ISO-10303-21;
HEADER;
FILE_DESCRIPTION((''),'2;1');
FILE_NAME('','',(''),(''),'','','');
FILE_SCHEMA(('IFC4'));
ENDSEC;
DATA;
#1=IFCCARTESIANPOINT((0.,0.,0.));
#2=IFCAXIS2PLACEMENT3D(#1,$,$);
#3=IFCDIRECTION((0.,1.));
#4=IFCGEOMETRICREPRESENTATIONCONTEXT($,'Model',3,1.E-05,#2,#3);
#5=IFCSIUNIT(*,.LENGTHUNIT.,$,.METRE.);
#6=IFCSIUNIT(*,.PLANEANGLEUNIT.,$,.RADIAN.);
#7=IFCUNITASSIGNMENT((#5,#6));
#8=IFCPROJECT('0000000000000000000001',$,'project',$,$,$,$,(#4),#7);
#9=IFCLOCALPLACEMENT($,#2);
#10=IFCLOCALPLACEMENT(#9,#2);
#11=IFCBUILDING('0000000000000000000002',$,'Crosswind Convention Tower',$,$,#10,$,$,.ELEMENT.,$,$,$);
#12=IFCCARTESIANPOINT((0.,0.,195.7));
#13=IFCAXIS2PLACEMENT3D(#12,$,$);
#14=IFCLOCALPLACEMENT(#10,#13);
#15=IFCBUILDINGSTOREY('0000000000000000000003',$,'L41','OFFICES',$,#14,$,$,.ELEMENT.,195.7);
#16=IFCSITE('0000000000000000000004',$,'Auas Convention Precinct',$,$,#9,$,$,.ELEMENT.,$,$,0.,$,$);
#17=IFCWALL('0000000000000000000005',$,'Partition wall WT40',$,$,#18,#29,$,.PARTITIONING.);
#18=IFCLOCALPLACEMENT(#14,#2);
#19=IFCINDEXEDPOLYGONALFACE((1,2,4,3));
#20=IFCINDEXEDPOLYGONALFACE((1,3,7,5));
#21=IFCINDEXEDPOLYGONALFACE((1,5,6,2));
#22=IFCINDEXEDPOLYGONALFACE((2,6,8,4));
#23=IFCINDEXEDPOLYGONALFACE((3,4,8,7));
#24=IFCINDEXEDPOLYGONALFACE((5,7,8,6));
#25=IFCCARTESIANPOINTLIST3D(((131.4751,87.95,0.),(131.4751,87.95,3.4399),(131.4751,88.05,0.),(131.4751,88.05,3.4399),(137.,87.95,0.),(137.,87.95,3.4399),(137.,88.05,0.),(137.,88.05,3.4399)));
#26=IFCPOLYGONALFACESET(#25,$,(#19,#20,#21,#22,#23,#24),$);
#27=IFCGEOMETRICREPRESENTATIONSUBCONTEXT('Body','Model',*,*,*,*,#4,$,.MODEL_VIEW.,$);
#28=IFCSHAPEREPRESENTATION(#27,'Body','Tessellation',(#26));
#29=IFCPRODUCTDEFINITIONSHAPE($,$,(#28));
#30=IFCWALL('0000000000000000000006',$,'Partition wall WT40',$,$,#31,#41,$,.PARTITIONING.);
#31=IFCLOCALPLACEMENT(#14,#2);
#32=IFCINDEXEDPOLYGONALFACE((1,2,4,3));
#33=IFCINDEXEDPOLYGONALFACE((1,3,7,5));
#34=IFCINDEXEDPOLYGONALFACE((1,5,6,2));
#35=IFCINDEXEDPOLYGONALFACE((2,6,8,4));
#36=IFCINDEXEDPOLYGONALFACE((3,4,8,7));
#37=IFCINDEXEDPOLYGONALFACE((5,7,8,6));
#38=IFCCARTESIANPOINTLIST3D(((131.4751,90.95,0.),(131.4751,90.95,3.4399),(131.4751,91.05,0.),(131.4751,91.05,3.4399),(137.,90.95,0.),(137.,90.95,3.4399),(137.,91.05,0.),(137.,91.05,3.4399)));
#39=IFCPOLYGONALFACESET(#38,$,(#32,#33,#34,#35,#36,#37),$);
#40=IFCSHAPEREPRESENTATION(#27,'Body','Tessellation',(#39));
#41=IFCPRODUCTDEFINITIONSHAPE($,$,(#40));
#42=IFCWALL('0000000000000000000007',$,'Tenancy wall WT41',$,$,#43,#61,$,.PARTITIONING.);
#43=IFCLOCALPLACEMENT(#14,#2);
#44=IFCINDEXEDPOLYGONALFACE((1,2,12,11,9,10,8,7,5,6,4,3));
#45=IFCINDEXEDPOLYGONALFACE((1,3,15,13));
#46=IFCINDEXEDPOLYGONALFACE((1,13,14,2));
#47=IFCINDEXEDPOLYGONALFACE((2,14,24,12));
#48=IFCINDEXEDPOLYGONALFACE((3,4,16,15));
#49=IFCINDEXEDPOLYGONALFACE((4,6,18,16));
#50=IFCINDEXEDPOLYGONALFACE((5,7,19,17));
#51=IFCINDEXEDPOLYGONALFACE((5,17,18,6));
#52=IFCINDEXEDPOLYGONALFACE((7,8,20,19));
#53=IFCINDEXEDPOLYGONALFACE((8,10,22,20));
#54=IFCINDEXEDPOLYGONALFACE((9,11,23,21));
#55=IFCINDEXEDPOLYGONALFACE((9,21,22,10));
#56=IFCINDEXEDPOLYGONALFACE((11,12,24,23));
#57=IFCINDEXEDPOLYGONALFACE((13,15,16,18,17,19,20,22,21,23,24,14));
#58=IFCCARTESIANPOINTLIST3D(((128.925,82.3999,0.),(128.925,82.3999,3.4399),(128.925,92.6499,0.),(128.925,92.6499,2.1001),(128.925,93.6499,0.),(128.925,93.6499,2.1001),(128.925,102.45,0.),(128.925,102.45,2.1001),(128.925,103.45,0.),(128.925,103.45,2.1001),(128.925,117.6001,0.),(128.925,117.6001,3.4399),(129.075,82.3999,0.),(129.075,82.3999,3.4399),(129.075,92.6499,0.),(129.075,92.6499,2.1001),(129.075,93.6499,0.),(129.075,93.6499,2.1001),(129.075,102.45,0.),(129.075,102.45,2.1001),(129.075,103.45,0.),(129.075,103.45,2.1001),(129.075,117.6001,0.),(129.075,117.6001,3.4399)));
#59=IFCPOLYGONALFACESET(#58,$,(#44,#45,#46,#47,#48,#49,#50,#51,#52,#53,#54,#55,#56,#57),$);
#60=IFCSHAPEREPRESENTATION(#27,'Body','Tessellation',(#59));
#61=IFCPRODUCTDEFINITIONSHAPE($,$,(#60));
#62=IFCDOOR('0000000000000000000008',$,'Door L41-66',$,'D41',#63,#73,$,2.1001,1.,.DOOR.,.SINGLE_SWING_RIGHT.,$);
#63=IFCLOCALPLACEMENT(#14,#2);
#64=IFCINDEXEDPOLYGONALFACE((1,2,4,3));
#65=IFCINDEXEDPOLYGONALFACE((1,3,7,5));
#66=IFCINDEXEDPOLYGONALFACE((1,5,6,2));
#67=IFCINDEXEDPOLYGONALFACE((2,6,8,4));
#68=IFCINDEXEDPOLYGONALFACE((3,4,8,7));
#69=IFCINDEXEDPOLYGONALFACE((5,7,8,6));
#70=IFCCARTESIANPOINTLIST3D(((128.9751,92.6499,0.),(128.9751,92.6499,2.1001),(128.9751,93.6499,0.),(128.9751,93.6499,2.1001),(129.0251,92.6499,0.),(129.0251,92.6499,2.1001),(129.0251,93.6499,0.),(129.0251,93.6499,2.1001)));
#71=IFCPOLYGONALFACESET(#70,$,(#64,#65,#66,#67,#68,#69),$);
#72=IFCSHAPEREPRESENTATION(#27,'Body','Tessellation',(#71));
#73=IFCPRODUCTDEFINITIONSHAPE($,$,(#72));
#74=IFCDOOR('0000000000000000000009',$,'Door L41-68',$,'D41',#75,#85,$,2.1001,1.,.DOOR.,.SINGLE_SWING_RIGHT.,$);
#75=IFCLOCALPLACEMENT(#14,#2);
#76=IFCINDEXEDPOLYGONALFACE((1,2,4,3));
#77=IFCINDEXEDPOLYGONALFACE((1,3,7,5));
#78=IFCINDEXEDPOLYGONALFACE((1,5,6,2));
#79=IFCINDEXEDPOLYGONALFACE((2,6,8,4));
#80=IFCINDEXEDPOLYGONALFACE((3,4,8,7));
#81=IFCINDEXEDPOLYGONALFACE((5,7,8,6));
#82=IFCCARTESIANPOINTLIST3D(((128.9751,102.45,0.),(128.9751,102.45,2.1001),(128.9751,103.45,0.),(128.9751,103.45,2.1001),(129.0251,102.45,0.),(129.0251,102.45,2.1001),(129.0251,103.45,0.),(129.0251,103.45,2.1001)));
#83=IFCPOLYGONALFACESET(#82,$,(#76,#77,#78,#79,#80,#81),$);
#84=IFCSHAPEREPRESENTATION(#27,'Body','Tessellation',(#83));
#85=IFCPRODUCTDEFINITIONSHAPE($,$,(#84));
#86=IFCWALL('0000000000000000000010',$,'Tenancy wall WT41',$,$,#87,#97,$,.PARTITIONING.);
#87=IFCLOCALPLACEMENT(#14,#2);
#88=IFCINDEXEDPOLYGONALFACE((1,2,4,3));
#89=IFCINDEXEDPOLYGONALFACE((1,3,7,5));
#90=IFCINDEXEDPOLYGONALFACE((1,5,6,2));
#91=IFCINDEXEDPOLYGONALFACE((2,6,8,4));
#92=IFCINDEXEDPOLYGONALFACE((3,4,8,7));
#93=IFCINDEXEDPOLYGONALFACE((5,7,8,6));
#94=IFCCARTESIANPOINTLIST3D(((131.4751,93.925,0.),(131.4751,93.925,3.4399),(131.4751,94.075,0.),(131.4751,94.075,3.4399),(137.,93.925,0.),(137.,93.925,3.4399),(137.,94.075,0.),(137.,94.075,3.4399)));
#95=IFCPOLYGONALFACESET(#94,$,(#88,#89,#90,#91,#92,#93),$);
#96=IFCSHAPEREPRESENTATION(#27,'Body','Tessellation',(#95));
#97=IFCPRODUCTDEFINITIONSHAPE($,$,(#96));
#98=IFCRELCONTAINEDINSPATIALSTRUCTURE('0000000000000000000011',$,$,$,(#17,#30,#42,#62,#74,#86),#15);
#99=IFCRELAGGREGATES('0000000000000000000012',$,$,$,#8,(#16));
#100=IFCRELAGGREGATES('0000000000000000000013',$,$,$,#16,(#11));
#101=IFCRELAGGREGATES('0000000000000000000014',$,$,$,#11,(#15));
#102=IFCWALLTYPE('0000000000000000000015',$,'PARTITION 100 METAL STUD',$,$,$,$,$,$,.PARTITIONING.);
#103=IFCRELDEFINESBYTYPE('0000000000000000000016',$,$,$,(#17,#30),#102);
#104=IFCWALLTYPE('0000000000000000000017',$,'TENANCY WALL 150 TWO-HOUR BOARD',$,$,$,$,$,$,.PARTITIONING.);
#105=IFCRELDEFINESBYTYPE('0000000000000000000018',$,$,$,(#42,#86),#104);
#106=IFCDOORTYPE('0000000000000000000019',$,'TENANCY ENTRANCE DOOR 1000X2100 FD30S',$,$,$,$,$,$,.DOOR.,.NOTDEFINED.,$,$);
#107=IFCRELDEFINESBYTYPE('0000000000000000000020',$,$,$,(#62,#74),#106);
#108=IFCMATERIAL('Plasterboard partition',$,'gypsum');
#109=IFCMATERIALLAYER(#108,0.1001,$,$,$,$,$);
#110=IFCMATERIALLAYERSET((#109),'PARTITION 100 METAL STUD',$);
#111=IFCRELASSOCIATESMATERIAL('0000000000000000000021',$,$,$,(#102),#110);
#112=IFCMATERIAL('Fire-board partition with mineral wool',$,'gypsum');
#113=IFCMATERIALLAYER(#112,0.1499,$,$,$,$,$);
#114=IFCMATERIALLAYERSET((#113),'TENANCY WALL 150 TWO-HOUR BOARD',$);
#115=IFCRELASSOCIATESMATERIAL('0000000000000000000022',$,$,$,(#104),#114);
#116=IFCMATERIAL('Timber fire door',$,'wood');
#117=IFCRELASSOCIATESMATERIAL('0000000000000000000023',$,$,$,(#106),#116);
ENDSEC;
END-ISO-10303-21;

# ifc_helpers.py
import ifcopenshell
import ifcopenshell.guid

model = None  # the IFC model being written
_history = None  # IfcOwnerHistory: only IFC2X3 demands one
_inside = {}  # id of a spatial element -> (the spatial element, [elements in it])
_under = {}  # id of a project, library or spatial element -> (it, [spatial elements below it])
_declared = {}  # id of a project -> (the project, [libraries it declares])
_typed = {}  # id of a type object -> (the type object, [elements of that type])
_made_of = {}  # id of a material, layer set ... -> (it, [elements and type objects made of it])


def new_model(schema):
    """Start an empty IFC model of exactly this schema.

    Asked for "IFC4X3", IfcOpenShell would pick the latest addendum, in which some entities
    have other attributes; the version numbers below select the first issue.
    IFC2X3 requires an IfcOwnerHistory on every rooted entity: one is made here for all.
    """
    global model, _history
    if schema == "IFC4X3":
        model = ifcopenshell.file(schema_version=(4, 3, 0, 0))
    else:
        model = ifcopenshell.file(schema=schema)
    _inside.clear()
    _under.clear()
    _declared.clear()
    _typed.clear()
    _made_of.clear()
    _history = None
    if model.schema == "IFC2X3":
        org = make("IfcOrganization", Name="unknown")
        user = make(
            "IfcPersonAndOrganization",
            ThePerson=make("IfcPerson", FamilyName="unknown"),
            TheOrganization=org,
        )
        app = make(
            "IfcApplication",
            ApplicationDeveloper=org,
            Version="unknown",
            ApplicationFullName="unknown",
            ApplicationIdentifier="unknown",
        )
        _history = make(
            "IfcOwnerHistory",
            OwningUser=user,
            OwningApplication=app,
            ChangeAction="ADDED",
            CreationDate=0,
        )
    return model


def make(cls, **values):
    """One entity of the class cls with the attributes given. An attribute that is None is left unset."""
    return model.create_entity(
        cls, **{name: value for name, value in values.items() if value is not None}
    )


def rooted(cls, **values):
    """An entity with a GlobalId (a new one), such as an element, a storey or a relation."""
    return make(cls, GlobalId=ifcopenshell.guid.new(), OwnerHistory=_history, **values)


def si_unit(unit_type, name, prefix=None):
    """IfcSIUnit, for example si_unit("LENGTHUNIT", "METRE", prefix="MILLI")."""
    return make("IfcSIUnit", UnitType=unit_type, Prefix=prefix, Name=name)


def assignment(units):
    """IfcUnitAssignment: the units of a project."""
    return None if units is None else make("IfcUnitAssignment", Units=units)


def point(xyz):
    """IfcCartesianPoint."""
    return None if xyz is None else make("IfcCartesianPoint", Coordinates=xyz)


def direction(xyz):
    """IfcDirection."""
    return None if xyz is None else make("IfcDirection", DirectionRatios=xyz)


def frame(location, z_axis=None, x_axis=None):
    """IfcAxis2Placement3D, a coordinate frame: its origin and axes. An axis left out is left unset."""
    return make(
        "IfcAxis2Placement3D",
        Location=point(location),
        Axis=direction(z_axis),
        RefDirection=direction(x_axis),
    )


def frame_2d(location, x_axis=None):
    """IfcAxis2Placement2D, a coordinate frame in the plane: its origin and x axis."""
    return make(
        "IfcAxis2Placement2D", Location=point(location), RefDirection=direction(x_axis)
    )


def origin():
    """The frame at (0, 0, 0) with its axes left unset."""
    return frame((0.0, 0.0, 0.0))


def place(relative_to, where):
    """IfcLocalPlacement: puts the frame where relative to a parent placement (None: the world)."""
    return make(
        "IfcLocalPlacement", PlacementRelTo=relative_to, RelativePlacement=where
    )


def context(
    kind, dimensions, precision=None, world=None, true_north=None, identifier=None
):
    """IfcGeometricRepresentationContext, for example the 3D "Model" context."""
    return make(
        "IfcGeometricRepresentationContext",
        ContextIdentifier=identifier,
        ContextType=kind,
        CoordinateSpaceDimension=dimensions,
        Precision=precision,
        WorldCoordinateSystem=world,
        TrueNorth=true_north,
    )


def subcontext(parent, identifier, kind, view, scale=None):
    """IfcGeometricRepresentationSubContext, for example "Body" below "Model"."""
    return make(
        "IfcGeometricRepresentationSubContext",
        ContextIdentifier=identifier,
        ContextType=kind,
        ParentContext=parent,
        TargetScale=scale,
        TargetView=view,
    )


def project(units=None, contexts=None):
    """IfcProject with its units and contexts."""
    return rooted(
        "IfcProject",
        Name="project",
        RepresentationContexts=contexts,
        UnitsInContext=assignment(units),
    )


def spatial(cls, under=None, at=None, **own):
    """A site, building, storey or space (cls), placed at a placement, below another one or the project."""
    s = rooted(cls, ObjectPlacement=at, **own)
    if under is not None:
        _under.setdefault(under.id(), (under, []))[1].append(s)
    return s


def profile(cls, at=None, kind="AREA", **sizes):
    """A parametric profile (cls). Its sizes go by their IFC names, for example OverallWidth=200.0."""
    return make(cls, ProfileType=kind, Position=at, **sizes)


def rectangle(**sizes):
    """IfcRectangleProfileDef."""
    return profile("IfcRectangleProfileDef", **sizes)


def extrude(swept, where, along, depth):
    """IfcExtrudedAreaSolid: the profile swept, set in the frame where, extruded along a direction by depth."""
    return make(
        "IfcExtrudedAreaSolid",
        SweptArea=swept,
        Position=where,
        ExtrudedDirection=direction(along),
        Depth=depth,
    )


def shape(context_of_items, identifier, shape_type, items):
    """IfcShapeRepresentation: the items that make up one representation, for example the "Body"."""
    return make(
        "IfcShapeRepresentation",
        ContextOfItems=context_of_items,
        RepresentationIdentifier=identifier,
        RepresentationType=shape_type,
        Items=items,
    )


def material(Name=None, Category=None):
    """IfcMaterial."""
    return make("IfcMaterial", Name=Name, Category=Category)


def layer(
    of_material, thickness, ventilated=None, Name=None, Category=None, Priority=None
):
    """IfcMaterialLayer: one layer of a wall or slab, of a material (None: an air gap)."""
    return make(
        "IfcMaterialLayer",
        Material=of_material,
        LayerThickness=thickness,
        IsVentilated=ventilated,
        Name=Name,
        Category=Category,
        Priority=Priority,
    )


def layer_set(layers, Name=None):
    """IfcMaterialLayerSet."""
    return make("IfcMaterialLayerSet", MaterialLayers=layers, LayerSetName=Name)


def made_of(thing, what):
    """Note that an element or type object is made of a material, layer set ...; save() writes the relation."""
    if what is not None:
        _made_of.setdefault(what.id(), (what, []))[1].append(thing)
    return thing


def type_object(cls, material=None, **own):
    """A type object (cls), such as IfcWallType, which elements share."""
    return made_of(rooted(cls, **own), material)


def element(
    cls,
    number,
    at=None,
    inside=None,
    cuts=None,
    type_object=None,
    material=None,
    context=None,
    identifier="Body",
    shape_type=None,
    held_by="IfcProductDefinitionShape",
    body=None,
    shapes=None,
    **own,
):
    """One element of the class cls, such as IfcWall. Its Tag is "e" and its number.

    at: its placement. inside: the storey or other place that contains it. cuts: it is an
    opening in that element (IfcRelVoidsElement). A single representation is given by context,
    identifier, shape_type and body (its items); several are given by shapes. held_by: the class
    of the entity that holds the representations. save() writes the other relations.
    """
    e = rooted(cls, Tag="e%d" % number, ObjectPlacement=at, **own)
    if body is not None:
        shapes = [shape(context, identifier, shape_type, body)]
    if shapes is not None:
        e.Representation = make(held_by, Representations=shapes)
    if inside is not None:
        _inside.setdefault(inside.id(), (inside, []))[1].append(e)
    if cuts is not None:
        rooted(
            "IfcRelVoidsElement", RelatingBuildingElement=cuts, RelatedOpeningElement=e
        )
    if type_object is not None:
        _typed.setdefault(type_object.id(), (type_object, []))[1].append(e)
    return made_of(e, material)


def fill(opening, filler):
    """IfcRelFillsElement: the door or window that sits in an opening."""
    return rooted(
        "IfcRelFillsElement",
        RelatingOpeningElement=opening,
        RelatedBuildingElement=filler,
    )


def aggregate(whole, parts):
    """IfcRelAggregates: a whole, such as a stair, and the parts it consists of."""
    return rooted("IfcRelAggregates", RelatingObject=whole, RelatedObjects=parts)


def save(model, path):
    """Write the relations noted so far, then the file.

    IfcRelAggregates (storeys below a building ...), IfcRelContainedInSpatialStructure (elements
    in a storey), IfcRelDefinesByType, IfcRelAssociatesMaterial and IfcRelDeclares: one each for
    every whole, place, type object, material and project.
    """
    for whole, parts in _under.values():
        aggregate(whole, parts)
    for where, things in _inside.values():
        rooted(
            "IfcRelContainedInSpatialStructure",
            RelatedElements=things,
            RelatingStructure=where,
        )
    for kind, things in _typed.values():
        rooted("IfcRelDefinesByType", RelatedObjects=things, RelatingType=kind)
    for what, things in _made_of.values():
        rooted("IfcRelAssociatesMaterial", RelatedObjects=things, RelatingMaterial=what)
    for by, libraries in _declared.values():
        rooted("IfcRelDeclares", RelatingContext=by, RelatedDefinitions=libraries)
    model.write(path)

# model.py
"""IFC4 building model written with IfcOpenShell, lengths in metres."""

from ifc_helpers import new_model, si_unit, direction, frame, frame_2d, origin, place, context, subcontext, project, spatial, rectangle, extrude, material, layer, layer_set, type_object, element, fill, save


model = new_model("IFC4")

# Units and contexts
model_context = context("Model", 3, precision=1e-05, world=origin(), true_north=direction((0.0, 1.0)))
body_context = subcontext(model_context, "Body", "Model", "MODEL_VIEW")
ifc_project = project(units=[si_unit("LENGTHUNIT", "METRE"), si_unit("PLANEANGLEUNIT", "RADIAN")], contexts=[model_context])

# Site, building, storey
site_placement = place(None, origin())
site = spatial("IfcSite", under=ifc_project, at=site_placement, Name="Auas Convention Precinct", CompositionType="ELEMENT", RefElevation=0.0)
building_placement = place(site_placement, origin())
building = spatial("IfcBuilding", under=site, at=building_placement, Name="Crosswind Convention Tower", CompositionType="ELEMENT")
storey_placement = place(building_placement, frame((0.0, 0.0, 195.7)))
storey = spatial("IfcBuildingStorey", under=building, at=storey_placement, Name="L41", Description="OFFICES", CompositionType="ELEMENT", Elevation=195.7)

# Walls
ifc_material_1 = material(Name="Plasterboard partition", Category="gypsum")
ifc_layer_1 = layer(ifc_material_1, 0.1001)
ifc_layer_set_1 = layer_set([ifc_layer_1], Name="PARTITION 100 METAL STUD")
wall_type_1 = type_object("IfcWallType", Name="PARTITION 100 METAL STUD", PredefinedType="PARTITIONING", material=ifc_layer_set_1)
for number, where, z_axis, x_axis, name in (
    (1, (131.4751, 88.0, 0.0), (0.0, 0.0, 1.0), (1.0, 0.0, 0.0), "Partition wall WT40"),
    (2, (131.4751, 91.0, 0.0), (0.0, 0.0, 1.0), (1.0, 0.0, 0.0), "Partition wall WT40"),
):
    element("IfcWall", number, at=place(storey_placement, frame(where, z_axis=z_axis, x_axis=x_axis)), inside=storey, type_object=wall_type_1, Name=name, PredefinedType="PARTITIONING", context=body_context, shape_type="SweptSolid", body=[
        extrude(rectangle(XDim=5.5249, YDim=0.1001, at=frame_2d((2.7625, 0.0))), origin(), (0.0, 0.0, 1.0), 3.4399),
    ])

# Wall, openings, doors
ifc_material_2 = material(Name="Fire-board partition with mineral wool", Category="gypsum")
ifc_layer_2 = layer(ifc_material_2, 0.1499)
ifc_layer_set_2 = layer_set([ifc_layer_2], Name="TENANCY WALL 150 TWO-HOUR BOARD")
wall_type_2 = type_object("IfcWallType", Name="TENANCY WALL 150 TWO-HOUR BOARD", PredefinedType="PARTITIONING", material=ifc_layer_set_2)
wall_1_placement = place(storey_placement, frame((129.0, 82.3999, 0.0), z_axis=(0.0, 0.0, 1.0), x_axis=(0.0, 1.0, 0.0)))
wall_1 = element("IfcWall", 3, at=wall_1_placement, inside=storey, type_object=wall_type_2, Name="Tenancy wall WT41", PredefinedType="PARTITIONING", context=body_context, shape_type="SweptSolid", body=[
    extrude(rectangle(XDim=35.2002, YDim=0.1499, at=frame_2d((17.6001, 0.0))), origin(), (0.0, 0.0, 1.0), 3.4399),
])
opening_1_placement = place(wall_1_placement, frame((10.25, 0.0, 0.0)))
opening_1 = element("IfcOpeningElement", 4, at=opening_1_placement, cuts=wall_1, PredefinedType="OPENING", context=body_context, shape_type="SweptSolid", body=[
    extrude(rectangle(XDim=1.0, YDim=2.1001, at=frame_2d((0.5, 1.05))), frame((0.0, 0.085, 0.0), z_axis=(0.0, -1.0, 0.0), x_axis=(1.0, 0.0, 0.0)), (0.0, 0.0, 1.0), 0.1699),
])
opening_2_placement = place(wall_1_placement, frame((20.05, 0.0, 0.0)))
opening_2 = element("IfcOpeningElement", 5, at=opening_2_placement, cuts=wall_1, PredefinedType="OPENING", context=body_context, shape_type="SweptSolid", body=[
    extrude(rectangle(XDim=1.0, YDim=2.1001, at=frame_2d((0.5, 1.05))), frame((0.0, 0.085, 0.0), z_axis=(0.0, -1.0, 0.0), x_axis=(1.0, 0.0, 0.0)), (0.0, 0.0, 1.0), 0.1699),
])
ifc_material_3 = material(Name="Timber fire door", Category="wood")
door_type = type_object("IfcDoorType", Name="TENANCY ENTRANCE DOOR 1000X2100 FD30S", OperationType="NOTDEFINED", PredefinedType="DOOR", material=ifc_material_3)
door_1_placement = place(opening_1_placement, origin())
door_1 = element("IfcDoor", 6, at=door_1_placement, inside=storey, type_object=door_type, Name="Door L41-66", ObjectType="D41", OperationType="SINGLE_SWING_RIGHT", OverallHeight=2.1001, OverallWidth=1.0, PredefinedType="DOOR", context=body_context, shape_type="SweptSolid", body=[
    extrude(rectangle(XDim=1.0, YDim=2.1001, at=frame_2d((0.5, 1.05))), frame((0.0, 0.0249, 0.0), z_axis=(0.0, -1.0, 0.0), x_axis=(1.0, 0.0, 0.0)), (0.0, 0.0, 1.0), 0.05),
])
fill(opening_1, door_1)
door_2_placement = place(opening_2_placement, origin())
door_2 = element("IfcDoor", 7, at=door_2_placement, inside=storey, type_object=door_type, Name="Door L41-68", ObjectType="D41", OperationType="SINGLE_SWING_RIGHT", OverallHeight=2.1001, OverallWidth=1.0, PredefinedType="DOOR", context=body_context, shape_type="SweptSolid", body=[
    extrude(rectangle(XDim=1.0, YDim=2.1001, at=frame_2d((0.5, 1.05))), frame((0.0, 0.0249, 0.0), z_axis=(0.0, -1.0, 0.0), x_axis=(1.0, 0.0, 0.0)), (0.0, 0.0, 1.0), 0.05),
])
fill(opening_2, door_2)

# Wall
wall_2_placement = place(storey_placement, frame((131.4751, 94.0, 0.0), z_axis=(0.0, 0.0, 1.0), x_axis=(1.0, 0.0, 0.0)))
element("IfcWall", 8, at=wall_2_placement, inside=storey, type_object=wall_type_2, Name="Tenancy wall WT41", PredefinedType="PARTITIONING", context=body_context, shape_type="SweptSolid", body=[
    extrude(rectangle(XDim=5.5249, YDim=0.1499, at=frame_2d((2.7625, 0.0))), origin(), (0.0, 0.0, 1.0), 3.4399),
])

save(model, "model.ifc")
